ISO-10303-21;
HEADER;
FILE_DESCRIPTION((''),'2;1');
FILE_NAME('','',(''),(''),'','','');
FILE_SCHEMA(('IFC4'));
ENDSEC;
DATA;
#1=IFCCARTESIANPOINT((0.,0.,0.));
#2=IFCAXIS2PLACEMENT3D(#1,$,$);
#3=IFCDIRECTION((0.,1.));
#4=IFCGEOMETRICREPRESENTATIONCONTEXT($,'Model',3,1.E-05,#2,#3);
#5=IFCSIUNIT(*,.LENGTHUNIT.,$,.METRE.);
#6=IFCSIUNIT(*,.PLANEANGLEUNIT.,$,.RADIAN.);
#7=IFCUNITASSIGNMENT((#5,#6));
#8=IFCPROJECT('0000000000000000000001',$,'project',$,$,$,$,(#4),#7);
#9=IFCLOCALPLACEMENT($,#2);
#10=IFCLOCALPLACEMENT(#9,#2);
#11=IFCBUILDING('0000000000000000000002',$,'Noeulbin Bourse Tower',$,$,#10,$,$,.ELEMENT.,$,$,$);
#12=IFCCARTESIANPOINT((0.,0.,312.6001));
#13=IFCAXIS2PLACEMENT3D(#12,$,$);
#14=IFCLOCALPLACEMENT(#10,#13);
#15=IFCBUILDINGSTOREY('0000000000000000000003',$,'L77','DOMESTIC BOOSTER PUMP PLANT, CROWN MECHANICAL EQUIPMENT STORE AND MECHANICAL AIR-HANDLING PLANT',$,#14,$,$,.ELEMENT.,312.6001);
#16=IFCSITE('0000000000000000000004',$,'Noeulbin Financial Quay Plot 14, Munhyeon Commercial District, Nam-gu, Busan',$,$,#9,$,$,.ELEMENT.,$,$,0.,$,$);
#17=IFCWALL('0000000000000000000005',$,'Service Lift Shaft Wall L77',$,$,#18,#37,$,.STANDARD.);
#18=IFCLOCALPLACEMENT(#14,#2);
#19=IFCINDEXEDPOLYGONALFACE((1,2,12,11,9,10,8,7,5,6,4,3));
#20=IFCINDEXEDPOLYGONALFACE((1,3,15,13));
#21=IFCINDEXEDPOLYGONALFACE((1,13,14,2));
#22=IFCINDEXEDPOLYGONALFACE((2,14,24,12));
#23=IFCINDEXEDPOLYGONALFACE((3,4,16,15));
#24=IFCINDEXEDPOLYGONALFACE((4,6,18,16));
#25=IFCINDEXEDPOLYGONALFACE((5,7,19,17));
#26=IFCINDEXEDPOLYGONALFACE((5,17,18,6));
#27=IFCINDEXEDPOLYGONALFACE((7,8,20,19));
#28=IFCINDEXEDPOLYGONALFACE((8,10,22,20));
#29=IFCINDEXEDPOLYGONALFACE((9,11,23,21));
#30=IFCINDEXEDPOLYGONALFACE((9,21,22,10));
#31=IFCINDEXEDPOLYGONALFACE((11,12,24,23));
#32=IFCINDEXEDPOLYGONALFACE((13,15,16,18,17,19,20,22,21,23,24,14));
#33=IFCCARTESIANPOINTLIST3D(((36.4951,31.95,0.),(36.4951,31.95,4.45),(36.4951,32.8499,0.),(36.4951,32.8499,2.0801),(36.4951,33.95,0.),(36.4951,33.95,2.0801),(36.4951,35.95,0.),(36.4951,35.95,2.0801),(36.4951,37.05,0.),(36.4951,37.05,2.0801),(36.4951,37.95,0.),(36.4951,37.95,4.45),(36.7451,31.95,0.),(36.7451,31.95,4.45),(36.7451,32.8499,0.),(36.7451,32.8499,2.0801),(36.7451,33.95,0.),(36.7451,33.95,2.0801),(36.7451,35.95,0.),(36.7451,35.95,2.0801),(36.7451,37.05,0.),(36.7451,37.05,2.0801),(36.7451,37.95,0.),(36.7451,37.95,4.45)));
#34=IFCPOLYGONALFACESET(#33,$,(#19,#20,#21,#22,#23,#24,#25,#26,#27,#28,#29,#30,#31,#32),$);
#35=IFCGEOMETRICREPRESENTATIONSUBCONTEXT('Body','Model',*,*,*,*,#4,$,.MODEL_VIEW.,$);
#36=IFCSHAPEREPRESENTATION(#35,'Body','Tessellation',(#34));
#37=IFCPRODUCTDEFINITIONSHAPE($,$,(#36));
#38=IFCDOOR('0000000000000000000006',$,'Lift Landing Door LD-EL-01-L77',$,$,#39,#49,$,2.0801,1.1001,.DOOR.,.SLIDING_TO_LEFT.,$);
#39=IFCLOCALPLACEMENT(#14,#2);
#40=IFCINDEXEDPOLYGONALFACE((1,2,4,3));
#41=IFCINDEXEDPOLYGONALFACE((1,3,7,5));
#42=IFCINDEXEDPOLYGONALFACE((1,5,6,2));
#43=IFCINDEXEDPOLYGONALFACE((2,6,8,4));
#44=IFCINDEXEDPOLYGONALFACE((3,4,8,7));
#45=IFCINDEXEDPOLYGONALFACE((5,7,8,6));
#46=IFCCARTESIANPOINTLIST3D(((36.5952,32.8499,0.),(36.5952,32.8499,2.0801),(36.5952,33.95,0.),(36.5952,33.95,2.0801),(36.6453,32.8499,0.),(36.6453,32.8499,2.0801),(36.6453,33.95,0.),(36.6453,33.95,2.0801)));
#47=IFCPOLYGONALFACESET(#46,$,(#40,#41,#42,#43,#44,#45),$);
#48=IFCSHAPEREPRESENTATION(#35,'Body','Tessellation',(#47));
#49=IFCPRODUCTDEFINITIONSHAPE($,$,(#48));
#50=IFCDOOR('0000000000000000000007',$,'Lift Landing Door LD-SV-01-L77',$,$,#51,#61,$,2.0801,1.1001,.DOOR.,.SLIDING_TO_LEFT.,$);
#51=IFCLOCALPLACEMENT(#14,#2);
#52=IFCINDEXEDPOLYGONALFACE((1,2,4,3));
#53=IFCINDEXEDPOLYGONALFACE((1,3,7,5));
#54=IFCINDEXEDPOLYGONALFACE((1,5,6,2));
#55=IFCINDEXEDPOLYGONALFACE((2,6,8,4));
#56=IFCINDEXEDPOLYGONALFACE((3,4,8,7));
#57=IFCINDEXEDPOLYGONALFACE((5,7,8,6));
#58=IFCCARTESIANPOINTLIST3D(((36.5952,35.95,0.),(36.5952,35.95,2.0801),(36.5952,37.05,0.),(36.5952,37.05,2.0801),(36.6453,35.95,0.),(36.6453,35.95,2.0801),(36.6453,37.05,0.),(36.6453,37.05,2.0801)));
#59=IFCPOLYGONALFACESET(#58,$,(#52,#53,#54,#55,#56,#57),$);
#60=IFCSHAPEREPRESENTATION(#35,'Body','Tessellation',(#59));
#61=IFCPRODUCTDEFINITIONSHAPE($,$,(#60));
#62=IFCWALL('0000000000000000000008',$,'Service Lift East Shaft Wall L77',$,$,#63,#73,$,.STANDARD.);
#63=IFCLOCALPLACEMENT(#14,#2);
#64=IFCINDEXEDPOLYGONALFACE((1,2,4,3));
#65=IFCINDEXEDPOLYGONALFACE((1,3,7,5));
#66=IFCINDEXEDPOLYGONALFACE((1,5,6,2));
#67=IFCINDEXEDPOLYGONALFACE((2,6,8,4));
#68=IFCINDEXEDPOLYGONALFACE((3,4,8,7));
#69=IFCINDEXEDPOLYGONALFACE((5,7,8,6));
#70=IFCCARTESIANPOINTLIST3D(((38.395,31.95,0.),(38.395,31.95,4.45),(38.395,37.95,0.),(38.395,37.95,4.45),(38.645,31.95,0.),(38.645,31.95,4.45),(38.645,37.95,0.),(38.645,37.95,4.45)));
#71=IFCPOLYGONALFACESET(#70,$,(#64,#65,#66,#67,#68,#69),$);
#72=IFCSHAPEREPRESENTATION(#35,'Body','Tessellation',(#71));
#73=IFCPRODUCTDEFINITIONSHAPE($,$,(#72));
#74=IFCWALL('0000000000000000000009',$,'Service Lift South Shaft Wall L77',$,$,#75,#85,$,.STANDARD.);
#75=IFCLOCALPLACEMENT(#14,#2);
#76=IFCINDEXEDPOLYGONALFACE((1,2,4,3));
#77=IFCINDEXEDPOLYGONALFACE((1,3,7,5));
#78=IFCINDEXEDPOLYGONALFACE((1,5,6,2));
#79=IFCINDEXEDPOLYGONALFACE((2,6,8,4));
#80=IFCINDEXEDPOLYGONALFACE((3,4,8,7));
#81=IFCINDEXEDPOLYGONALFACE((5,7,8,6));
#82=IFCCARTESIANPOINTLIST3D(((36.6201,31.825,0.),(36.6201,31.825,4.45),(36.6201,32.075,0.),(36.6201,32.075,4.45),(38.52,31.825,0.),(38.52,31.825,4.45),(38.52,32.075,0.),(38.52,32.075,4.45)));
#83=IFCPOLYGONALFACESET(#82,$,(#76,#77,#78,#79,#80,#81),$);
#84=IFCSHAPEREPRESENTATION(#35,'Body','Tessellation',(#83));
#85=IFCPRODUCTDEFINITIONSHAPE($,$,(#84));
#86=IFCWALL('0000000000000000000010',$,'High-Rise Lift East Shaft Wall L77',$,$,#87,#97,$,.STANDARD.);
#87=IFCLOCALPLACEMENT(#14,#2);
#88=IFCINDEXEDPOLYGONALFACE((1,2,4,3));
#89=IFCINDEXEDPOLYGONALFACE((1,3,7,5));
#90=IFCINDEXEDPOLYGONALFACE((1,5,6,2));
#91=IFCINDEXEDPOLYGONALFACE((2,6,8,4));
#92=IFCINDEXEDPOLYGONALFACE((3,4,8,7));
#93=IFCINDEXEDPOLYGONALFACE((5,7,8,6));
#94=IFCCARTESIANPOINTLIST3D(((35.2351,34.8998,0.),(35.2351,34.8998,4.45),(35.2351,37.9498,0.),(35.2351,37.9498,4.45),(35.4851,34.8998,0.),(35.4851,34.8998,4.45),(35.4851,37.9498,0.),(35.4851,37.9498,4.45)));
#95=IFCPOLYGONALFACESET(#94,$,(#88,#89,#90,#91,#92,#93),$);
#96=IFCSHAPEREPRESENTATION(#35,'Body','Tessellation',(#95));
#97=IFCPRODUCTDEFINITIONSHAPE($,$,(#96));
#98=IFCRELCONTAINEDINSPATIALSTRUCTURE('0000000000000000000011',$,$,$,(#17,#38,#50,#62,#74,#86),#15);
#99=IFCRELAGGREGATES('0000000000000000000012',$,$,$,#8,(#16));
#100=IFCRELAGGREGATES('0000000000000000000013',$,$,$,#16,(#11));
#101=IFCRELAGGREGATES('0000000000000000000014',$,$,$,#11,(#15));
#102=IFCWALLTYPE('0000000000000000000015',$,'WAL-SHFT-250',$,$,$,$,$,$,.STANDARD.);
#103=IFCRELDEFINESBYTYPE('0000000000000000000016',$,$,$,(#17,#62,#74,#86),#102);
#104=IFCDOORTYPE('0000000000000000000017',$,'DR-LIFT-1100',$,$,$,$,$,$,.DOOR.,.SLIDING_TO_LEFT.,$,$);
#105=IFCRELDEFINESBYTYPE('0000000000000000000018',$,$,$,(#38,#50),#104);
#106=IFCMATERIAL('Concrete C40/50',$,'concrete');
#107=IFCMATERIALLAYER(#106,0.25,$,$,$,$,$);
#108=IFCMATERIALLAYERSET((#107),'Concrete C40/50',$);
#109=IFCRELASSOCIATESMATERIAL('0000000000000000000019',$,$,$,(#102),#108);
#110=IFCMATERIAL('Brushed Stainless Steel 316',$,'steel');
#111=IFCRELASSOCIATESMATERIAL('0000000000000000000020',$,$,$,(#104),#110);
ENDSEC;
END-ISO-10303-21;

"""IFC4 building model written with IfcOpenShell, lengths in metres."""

from ifc_helpers import new_model, si_unit, direction, frame, frame_2d, origin, place, context, subcontext, project, spatial, rectangle, extrude, material, layer, layer_set, type_object, element, fill, save


model = new_model("IFC4")

# Units and contexts
model_context = context("Model", 3, precision=1e-05, world=origin(), true_north=direction((0.0, 1.0)))
body_context = subcontext(model_context, "Body", "Model", "MODEL_VIEW")
ifc_project = project(units=[si_unit("LENGTHUNIT", "METRE"), si_unit("PLANEANGLEUNIT", "RADIAN")], contexts=[model_context])

# Site, building, storey
site_placement = place(None, origin())
site = spatial("IfcSite", under=ifc_project, at=site_placement, Name="Noeulbin Financial Quay Plot 14, Munhyeon Commercial District, Nam-gu, Busan", CompositionType="ELEMENT", RefElevation=0.0)
building_placement = place(site_placement, origin())
building = spatial("IfcBuilding", under=site, at=building_placement, Name="Noeulbin Bourse Tower", CompositionType="ELEMENT")
storey_placement = place(building_placement, frame((0.0, 0.0, 312.6001)))
storey = spatial("IfcBuildingStorey", under=building, at=storey_placement, Name="L77", Description="DOMESTIC BOOSTER PUMP PLANT, CROWN MECHANICAL EQUIPMENT STORE AND MECHANICAL AIR-HANDLING PLANT", CompositionType="ELEMENT", Elevation=312.6001)

# Shared definitions
ifc_material_1 = material(Name="Concrete C40/50", Category="concrete")
ifc_layer_1 = layer(ifc_material_1, 0.25)
ifc_layer_set_1 = layer_set([ifc_layer_1], Name="Concrete C40/50")
wall_type_1 = type_object("IfcWallType", Name="WAL-SHFT-250", PredefinedType="STANDARD", material=ifc_layer_set_1)

# Wall, openings, doors
wall_1_placement = place(storey_placement, frame((36.6201, 31.95, 0.0), z_axis=(0.0, 0.0, 1.0), x_axis=(0.0, 1.0, 0.0)))
wall_1 = element("IfcWall", 1, at=wall_1_placement, inside=storey, type_object=wall_type_1, Name="Service Lift Shaft Wall L77", PredefinedType="STANDARD", context=body_context, shape_type="SweptSolid", body=[
    extrude(rectangle(XDim=6.0, YDim=0.25, at=frame_2d((3.0, 0.0))), origin(), (0.0, 0.0, 1.0), 4.45),
])
opening_1_placement = place(wall_1_placement, frame((0.8999, 0.0, 0.0)))
opening_1 = element("IfcOpeningElement", 2, at=opening_1_placement, cuts=wall_1, PredefinedType="OPENING", context=body_context, shape_type="SweptSolid", body=[
    extrude(rectangle(XDim=1.1001, YDim=2.0801, at=frame_2d((0.55, 1.04))), frame((0.0, 0.135, 0.0), z_axis=(0.0, -1.0, 0.0), x_axis=(1.0, 0.0, 0.0)), (0.0, 0.0, 1.0), 0.27),
])
opening_2_placement = place(wall_1_placement, frame((4.0, 0.0, 0.0)))
opening_2 = element("IfcOpeningElement", 3, at=opening_2_placement, cuts=wall_1, PredefinedType="OPENING", context=body_context, shape_type="SweptSolid", body=[
    extrude(rectangle(XDim=1.1001, YDim=2.0801, at=frame_2d((0.55, 1.04))), frame((0.0, 0.135, 0.0), z_axis=(0.0, -1.0, 0.0), x_axis=(1.0, 0.0, 0.0)), (0.0, 0.0, 1.0), 0.27),
])
ifc_material_2 = material(Name="Brushed Stainless Steel 316", Category="steel")
door_type = type_object("IfcDoorType", Name="DR-LIFT-1100", OperationType="SLIDING_TO_LEFT", PredefinedType="DOOR", material=ifc_material_2)
door_1_placement = place(opening_1_placement, origin())
door_1 = element("IfcDoor", 4, at=door_1_placement, inside=storey, type_object=door_type, Name="Lift Landing Door LD-EL-01-L77", OperationType="SLIDING_TO_LEFT", OverallHeight=2.0801, OverallWidth=1.1001, PredefinedType="DOOR", context=body_context, shape_type="SweptSolid", body=[
    extrude(rectangle(XDim=1.1001, YDim=2.0801, at=frame_2d((0.55, 1.04))), frame((0.0, 0.0249, 0.0), z_axis=(0.0, -1.0, 0.0), x_axis=(1.0, 0.0, 0.0)), (0.0, 0.0, 1.0), 0.05),
])
fill(opening_1, door_1)
door_2_placement = place(opening_2_placement, origin())
door_2 = element("IfcDoor", 5, at=door_2_placement, inside=storey, type_object=door_type, Name="Lift Landing Door LD-SV-01-L77", OperationType="SLIDING_TO_LEFT", OverallHeight=2.0801, OverallWidth=1.1001, PredefinedType="DOOR", context=body_context, shape_type="SweptSolid", body=[
    extrude(rectangle(XDim=1.1001, YDim=2.0801, at=frame_2d((0.55, 1.04))), frame((0.0, 0.0249, 0.0), z_axis=(0.0, -1.0, 0.0), x_axis=(1.0, 0.0, 0.0)), (0.0, 0.0, 1.0), 0.05),
])
fill(opening_2, door_2)

# Walls
wall_2_placement = place(storey_placement, frame((38.52, 31.95, 0.0), z_axis=(0.0, 0.0, 1.0), x_axis=(0.0, 1.0, 0.0)))
element("IfcWall", 6, at=wall_2_placement, inside=storey, type_object=wall_type_1, Name="Service Lift East Shaft Wall L77", PredefinedType="STANDARD", context=body_context, shape_type="SweptSolid", body=[
    extrude(rectangle(XDim=6.0, YDim=0.25, at=frame_2d((3.0, 0.0))), origin(), (0.0, 0.0, 1.0), 4.45),
])
wall_3_placement = place(storey_placement, frame((36.6201, 31.95, 0.0), z_axis=(0.0, 0.0, 1.0), x_axis=(1.0, 0.0, 0.0)))
element("IfcWall", 7, at=wall_3_placement, inside=storey, type_object=wall_type_1, Name="Service Lift South Shaft Wall L77", PredefinedType="STANDARD", context=body_context, shape_type="SweptSolid", body=[
    extrude(rectangle(XDim=1.8999, YDim=0.25, at=frame_2d((0.95, 0.0))), origin(), (0.0, 0.0, 1.0), 4.45),
])
wall_4_placement = place(storey_placement, frame((35.3601, 34.8999, 0.0), z_axis=(0.0, 0.0, 1.0), x_axis=(0.0, 1.0, 0.0)))
element("IfcWall", 8, at=wall_4_placement, inside=storey, type_object=wall_type_1, Name="High-Rise Lift East Shaft Wall L77", PredefinedType="STANDARD", context=body_context, shape_type="SweptSolid", body=[
    extrude(rectangle(XDim=3.05, YDim=0.25, at=frame_2d((1.5249, 0.0))), origin(), (0.0, 0.0, 1.0), 4.45),
])

save(model, "model.ifc")
